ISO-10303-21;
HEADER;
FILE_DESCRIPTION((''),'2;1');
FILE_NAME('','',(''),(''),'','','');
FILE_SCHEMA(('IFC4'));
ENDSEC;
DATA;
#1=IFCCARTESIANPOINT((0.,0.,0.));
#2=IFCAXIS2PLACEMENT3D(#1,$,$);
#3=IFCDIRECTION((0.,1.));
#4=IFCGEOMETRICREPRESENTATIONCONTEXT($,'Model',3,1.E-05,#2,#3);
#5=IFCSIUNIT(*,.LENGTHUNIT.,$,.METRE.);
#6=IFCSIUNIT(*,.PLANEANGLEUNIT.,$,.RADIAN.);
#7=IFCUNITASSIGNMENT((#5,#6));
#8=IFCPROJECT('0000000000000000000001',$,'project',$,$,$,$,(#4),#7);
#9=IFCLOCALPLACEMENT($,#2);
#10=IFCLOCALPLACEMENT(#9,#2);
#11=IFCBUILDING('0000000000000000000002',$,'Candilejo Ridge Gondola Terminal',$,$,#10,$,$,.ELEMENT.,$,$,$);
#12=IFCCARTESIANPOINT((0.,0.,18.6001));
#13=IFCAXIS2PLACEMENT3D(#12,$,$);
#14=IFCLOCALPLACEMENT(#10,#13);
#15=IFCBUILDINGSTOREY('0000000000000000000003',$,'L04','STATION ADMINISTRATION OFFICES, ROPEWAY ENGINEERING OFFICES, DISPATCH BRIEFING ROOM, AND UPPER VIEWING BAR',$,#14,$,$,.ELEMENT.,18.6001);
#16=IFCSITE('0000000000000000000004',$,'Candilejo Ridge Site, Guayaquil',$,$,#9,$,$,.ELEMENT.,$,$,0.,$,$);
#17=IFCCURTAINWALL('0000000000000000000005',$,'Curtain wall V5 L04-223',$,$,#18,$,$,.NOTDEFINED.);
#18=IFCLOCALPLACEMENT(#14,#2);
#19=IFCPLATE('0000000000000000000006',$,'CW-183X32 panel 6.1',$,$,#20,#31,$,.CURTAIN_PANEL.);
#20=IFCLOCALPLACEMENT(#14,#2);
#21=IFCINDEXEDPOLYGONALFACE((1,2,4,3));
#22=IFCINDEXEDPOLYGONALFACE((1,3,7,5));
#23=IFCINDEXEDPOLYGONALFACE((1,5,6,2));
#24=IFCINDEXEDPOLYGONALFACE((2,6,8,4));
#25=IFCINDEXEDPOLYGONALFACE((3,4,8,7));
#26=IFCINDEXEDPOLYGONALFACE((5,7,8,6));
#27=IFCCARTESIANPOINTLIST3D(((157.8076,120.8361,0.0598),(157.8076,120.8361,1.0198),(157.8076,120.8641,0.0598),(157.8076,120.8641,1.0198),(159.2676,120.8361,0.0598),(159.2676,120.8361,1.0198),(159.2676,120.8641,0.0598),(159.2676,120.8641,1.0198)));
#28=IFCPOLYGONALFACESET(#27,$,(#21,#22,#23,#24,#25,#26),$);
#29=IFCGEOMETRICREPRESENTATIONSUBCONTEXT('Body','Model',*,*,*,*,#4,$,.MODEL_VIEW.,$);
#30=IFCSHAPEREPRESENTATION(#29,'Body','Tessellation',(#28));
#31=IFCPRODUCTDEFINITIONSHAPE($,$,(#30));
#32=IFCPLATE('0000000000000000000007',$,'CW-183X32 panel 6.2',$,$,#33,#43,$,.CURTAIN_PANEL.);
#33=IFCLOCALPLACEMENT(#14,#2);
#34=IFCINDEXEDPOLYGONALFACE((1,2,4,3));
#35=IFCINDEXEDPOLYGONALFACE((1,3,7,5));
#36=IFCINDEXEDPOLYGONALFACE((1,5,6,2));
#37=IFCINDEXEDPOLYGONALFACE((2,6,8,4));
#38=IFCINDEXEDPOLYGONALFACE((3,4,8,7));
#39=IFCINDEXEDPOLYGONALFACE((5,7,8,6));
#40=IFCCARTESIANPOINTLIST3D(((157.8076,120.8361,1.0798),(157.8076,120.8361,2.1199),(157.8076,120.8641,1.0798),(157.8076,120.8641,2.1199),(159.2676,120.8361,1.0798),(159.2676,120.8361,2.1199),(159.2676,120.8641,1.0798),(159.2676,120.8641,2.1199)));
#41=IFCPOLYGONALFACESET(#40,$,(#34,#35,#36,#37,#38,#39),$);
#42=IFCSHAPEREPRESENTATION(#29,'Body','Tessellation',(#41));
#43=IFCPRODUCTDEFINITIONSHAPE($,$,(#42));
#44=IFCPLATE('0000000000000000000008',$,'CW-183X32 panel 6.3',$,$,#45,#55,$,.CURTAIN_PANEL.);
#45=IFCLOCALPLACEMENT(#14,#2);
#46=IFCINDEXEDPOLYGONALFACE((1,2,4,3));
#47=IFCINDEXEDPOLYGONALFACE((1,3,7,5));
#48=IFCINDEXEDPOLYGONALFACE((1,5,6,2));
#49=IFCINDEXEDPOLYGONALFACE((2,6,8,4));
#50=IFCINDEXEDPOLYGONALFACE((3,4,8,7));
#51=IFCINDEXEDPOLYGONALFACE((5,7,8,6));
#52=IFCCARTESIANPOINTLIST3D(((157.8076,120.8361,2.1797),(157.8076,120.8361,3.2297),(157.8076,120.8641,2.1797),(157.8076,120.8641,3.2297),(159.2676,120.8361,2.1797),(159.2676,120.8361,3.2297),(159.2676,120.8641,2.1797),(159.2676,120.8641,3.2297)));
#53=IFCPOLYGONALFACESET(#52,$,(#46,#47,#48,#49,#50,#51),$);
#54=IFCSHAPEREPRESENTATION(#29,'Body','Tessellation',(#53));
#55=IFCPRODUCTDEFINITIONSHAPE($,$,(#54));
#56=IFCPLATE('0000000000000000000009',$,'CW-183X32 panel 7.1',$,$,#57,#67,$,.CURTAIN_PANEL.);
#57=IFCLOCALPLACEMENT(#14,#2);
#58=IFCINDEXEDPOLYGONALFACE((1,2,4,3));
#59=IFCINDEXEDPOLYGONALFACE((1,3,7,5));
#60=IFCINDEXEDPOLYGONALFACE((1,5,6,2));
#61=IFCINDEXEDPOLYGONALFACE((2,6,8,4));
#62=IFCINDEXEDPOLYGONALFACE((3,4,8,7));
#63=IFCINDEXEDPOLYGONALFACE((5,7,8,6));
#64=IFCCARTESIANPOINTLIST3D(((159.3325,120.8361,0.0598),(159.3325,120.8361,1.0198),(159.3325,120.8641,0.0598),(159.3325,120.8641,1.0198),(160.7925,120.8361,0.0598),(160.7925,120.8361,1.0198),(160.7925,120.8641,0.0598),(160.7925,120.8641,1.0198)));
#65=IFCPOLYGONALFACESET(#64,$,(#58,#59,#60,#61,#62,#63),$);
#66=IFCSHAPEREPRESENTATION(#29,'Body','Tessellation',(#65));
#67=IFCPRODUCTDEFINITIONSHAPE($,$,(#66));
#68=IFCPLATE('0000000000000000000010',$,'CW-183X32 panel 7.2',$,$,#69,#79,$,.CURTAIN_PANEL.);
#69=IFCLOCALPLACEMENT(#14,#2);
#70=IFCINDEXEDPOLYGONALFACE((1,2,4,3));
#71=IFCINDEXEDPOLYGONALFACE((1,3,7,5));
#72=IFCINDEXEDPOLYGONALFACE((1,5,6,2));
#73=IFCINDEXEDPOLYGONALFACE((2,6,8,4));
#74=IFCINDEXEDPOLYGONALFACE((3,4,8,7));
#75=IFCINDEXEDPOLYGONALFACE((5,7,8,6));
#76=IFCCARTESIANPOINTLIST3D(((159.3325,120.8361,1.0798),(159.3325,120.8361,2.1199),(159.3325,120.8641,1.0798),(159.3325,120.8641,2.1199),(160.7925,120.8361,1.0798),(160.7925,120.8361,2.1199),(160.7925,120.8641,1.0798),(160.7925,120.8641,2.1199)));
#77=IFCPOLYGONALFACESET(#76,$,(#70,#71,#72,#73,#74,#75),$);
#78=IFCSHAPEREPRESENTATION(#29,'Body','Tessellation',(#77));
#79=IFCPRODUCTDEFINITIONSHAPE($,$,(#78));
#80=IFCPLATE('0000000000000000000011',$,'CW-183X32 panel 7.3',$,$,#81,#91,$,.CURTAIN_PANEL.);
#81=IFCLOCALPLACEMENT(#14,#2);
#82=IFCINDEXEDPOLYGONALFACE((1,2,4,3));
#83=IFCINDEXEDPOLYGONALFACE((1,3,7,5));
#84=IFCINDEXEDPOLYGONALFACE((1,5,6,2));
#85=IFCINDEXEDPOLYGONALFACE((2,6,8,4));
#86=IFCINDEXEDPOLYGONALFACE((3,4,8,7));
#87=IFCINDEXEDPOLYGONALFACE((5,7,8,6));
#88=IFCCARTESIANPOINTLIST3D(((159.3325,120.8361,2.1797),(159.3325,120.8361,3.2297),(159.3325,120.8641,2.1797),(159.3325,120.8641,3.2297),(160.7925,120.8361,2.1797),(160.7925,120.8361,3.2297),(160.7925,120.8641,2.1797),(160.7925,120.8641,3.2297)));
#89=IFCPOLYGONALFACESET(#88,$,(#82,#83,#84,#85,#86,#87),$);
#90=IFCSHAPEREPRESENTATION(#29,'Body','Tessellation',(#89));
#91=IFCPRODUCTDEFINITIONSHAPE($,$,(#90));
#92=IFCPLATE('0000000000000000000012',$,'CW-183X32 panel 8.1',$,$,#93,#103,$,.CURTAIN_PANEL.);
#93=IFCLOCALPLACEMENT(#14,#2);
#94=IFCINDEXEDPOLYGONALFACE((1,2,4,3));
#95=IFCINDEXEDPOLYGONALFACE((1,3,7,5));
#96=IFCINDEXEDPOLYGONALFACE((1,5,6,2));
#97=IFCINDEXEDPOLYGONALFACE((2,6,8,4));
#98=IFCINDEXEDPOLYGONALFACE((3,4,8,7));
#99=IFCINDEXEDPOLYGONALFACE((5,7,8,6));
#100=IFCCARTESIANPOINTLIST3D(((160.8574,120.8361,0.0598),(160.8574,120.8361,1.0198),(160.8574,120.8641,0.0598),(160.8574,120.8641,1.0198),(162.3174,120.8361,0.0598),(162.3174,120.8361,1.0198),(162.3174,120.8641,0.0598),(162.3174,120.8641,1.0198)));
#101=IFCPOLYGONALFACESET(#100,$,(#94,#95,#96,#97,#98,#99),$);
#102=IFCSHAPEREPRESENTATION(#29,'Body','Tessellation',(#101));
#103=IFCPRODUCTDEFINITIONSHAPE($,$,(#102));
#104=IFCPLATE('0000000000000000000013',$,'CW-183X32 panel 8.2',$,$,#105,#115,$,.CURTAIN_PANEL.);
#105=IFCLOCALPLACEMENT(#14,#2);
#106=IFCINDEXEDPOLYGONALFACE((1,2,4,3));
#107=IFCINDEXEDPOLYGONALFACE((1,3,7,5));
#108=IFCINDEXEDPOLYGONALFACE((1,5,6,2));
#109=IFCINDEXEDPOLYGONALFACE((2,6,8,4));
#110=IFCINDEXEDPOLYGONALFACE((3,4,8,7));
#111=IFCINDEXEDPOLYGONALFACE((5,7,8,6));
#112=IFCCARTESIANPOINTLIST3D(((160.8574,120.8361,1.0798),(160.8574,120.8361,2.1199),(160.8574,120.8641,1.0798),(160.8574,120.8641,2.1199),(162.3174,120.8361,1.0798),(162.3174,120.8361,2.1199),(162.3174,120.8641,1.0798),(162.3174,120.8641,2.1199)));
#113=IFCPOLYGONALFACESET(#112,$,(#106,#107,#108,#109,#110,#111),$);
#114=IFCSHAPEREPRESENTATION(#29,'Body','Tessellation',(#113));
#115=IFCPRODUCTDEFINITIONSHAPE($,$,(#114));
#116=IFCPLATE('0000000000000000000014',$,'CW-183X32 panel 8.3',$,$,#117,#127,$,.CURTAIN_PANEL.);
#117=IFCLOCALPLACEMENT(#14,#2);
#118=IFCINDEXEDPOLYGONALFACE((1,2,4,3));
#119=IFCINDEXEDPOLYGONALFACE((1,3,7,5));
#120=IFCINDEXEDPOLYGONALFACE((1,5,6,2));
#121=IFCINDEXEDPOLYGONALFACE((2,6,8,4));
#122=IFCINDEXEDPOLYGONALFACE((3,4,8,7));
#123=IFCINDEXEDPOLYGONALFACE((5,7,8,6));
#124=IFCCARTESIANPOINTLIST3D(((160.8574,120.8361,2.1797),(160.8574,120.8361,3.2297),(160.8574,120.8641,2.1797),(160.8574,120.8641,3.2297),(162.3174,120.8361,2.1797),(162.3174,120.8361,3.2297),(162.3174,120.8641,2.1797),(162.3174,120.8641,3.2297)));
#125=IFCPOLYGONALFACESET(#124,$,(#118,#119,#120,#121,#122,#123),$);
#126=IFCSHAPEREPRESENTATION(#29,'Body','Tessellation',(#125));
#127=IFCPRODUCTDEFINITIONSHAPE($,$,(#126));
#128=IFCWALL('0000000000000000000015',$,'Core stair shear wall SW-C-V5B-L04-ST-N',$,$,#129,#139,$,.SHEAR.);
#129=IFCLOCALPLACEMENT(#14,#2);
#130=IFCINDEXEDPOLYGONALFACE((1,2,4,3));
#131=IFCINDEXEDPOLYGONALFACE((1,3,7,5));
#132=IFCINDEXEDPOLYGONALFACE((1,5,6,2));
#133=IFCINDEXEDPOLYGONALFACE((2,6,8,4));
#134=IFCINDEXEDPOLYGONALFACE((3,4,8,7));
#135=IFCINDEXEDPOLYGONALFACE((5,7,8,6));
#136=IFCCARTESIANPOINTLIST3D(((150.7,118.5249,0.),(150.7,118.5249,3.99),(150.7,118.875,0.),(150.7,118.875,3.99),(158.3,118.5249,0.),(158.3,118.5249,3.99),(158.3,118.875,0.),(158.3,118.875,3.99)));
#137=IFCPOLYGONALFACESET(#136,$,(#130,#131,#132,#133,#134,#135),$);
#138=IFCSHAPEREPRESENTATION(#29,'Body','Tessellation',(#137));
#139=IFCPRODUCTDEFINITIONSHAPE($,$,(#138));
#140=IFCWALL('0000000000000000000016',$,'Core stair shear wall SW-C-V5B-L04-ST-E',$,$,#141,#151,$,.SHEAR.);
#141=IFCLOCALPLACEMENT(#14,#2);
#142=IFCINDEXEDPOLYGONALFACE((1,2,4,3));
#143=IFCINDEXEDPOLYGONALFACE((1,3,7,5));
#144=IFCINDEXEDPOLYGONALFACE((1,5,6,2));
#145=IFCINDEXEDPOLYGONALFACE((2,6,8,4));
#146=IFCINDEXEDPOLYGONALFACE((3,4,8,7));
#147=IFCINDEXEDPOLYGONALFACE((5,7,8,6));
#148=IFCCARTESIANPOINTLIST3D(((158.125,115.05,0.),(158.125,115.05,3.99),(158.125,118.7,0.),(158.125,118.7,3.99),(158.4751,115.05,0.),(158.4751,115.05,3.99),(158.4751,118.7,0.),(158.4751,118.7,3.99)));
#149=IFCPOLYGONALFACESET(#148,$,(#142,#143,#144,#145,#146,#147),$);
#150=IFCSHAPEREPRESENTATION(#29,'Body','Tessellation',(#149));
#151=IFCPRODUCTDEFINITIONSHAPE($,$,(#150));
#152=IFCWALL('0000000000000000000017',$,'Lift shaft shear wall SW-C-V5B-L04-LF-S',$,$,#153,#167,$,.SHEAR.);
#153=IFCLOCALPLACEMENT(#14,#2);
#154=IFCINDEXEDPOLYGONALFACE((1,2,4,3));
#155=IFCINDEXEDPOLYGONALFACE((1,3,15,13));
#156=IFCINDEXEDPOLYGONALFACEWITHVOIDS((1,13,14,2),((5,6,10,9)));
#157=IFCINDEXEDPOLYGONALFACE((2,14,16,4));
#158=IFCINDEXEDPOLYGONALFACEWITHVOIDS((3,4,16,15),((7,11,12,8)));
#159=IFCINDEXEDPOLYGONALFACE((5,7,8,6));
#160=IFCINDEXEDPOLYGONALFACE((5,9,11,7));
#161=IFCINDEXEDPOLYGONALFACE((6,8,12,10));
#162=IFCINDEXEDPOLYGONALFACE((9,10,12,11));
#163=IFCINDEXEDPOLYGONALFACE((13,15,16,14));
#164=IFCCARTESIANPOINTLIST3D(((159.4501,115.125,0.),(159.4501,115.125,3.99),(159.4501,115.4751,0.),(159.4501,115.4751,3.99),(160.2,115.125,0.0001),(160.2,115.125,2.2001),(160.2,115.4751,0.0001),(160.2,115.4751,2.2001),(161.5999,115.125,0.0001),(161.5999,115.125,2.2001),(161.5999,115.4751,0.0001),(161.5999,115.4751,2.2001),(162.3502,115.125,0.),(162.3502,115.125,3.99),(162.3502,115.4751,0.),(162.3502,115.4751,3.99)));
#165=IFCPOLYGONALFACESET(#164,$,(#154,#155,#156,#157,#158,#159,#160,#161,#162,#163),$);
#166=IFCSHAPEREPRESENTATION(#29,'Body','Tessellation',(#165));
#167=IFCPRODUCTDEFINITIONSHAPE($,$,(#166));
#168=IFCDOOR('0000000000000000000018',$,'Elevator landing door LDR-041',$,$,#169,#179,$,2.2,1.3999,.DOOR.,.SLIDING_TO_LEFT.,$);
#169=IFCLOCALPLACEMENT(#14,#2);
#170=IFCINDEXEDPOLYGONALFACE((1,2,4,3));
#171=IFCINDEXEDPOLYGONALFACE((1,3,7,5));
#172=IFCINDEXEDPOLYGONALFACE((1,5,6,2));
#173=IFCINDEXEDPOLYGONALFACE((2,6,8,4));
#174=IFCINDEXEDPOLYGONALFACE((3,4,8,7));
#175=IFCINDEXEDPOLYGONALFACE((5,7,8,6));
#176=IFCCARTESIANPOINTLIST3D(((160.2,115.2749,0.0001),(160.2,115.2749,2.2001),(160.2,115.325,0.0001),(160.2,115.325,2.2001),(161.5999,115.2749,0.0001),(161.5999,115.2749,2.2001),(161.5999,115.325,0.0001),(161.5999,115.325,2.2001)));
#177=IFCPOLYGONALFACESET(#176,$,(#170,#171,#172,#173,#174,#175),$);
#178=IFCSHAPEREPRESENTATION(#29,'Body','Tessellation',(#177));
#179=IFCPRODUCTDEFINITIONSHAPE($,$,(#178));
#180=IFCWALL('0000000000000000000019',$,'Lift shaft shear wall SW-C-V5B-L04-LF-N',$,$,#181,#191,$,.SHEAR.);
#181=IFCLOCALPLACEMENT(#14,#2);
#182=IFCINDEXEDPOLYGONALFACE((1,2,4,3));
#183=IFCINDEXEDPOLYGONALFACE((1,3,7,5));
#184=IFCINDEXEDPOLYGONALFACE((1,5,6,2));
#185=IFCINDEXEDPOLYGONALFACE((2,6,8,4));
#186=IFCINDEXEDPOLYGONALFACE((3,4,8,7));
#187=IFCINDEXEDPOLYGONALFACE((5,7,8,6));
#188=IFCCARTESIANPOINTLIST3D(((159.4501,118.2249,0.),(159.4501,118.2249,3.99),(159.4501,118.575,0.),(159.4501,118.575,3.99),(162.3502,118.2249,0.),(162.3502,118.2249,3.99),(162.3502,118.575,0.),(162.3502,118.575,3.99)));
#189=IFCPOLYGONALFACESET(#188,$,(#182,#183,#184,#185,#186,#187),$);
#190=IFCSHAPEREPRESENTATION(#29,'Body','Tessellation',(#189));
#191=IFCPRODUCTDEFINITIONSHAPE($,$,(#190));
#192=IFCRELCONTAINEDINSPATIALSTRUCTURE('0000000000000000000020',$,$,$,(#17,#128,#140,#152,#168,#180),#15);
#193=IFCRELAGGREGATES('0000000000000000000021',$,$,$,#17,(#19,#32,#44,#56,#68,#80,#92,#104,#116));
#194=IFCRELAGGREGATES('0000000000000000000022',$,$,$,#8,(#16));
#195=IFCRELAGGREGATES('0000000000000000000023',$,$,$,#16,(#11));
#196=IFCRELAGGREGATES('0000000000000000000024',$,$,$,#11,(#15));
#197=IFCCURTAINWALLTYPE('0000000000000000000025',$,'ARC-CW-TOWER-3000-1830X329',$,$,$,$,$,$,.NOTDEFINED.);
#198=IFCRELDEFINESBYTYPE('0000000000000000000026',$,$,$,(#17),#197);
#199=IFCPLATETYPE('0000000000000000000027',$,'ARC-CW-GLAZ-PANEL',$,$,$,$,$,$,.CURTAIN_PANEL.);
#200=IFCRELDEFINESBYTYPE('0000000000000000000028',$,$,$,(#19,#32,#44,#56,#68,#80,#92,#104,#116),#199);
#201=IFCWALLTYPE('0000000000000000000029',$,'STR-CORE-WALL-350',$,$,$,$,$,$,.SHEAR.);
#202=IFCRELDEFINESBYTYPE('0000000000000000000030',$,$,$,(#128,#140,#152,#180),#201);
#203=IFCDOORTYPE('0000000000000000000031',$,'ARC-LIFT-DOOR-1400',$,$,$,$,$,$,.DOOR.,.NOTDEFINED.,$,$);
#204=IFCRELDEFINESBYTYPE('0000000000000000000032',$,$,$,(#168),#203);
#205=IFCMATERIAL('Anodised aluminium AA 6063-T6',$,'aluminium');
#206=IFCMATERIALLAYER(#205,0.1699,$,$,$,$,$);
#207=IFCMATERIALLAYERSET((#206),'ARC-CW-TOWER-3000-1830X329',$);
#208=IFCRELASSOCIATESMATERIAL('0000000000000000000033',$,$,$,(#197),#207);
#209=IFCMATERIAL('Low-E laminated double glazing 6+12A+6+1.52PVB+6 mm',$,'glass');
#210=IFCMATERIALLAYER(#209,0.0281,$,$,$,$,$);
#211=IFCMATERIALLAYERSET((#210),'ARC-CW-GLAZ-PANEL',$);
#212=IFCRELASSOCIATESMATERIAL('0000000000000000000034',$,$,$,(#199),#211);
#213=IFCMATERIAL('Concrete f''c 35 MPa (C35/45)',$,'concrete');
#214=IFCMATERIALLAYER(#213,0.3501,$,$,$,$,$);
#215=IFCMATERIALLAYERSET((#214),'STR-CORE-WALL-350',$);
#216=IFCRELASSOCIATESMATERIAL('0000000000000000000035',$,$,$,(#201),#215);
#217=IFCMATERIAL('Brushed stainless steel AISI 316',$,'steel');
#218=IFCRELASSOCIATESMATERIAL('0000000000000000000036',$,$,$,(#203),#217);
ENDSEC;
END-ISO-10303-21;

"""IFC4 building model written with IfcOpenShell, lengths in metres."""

from ifc_helpers import new_model, si_unit, direction, frame, frame_2d, origin, origin_2d, place, context, subcontext, project, spatial, rectangle, extrude, material, layer, layer_set, type_object, element, fill, aggregate, save


model = new_model("IFC4")

# Units and contexts
model_context = context("Model", 3, precision=1e-05, world=origin(), true_north=direction((0.0, 1.0)))
body_context = subcontext(model_context, "Body", "Model", "MODEL_VIEW")
ifc_project = project(units=[si_unit("LENGTHUNIT", "METRE"), si_unit("PLANEANGLEUNIT", "RADIAN")], contexts=[model_context])

# Site, building, storey
site_placement = place(None, origin())
site = spatial("IfcSite", under=ifc_project, at=site_placement, Name="Candilejo Ridge Site, Guayaquil", CompositionType="ELEMENT", RefElevation=0.0)
building_placement = place(site_placement, origin())
building = spatial("IfcBuilding", under=site, at=building_placement, Name="Candilejo Ridge Gondola Terminal", CompositionType="ELEMENT")
storey_placement = place(building_placement, frame((0.0, 0.0, 18.6001)))
storey = spatial("IfcBuildingStorey", under=building, at=storey_placement, Name="L04", Description="STATION ADMINISTRATION OFFICES, ROPEWAY ENGINEERING OFFICES, DISPATCH BRIEFING ROOM, AND UPPER VIEWING BAR", CompositionType="ELEMENT", Elevation=18.6001)

# Curtain wall, plates
ifc_material_1 = material(Name="Anodised aluminium AA 6063-T6", Category="aluminium")
ifc_layer_1 = layer(ifc_material_1, 0.1699)
ifc_layer_set_1 = layer_set([ifc_layer_1], Name="ARC-CW-TOWER-3000-1830X329")
curtain_wall_type = type_object("IfcCurtainWallType", Name="ARC-CW-TOWER-3000-1830X329", PredefinedType="NOTDEFINED", material=ifc_layer_set_1)
curtain_wall_placement = place(storey_placement, origin())
curtain_wall = element("IfcCurtainWall", 1, at=curtain_wall_placement, inside=storey, type_object=curtain_wall_type, Name="Curtain wall V5 L04-223", PredefinedType="NOTDEFINED")
ifc_material_2 = material(Name="Low-E laminated double glazing 6+12A+6+1.52PVB+6 mm", Category="glass")
ifc_layer_2 = layer(ifc_material_2, 0.0281)
ifc_layer_set_2 = layer_set([ifc_layer_2], Name="ARC-CW-GLAZ-PANEL")
plate_type = type_object("IfcPlateType", Name="ARC-CW-GLAZ-PANEL", PredefinedType="CURTAIN_PANEL", material=ifc_layer_set_2)
plate_1_placement = place(storey_placement, frame((158.5376, 120.8501, 0.0598), z_axis=(0.0, 0.0, 1.0), x_axis=(1.0, 0.0, 0.0)))
plate_1 = element("IfcPlate", 2, at=plate_1_placement, type_object=plate_type, Name="CW-183X32 panel 6.1", PredefinedType="CURTAIN_PANEL", context=body_context, shape_type="SweptSolid", body=[
    extrude(rectangle(XDim=1.46, YDim=0.0281, at=origin_2d()), origin(), (0.0, 0.0, 1.0), 0.96),
])
plate_2_placement = place(storey_placement, frame((158.5376, 120.8501, 1.0798), z_axis=(0.0, 0.0, 1.0), x_axis=(1.0, 0.0, 0.0)))
plate_2 = element("IfcPlate", 3, at=plate_2_placement, type_object=plate_type, Name="CW-183X32 panel 6.2", PredefinedType="CURTAIN_PANEL", context=body_context, shape_type="SweptSolid", body=[
    extrude(rectangle(XDim=1.46, YDim=0.0281, at=origin_2d()), origin(), (0.0, 0.0, 1.0), 1.04),
])
plate_3_placement = place(storey_placement, frame((158.5376, 120.8501, 2.1797), z_axis=(0.0, 0.0, 1.0), x_axis=(1.0, 0.0, 0.0)))
plate_3 = element("IfcPlate", 4, at=plate_3_placement, type_object=plate_type, Name="CW-183X32 panel 6.3", PredefinedType="CURTAIN_PANEL", context=body_context, shape_type="SweptSolid", body=[
    extrude(rectangle(XDim=1.46, YDim=0.0281, at=origin_2d()), origin(), (0.0, 0.0, 1.0), 1.05),
])
plate_4_placement = place(storey_placement, frame((160.0625, 120.8501, 0.0598), z_axis=(0.0, 0.0, 1.0), x_axis=(1.0, 0.0, 0.0)))
plate_4 = element("IfcPlate", 5, at=plate_4_placement, type_object=plate_type, Name="CW-183X32 panel 7.1", PredefinedType="CURTAIN_PANEL", context=body_context, shape_type="SweptSolid", body=[
    extrude(rectangle(XDim=1.46, YDim=0.0281, at=origin_2d()), origin(), (0.0, 0.0, 1.0), 0.96),
])
plate_5_placement = place(storey_placement, frame((160.0625, 120.8501, 1.0798), z_axis=(0.0, 0.0, 1.0), x_axis=(1.0, 0.0, 0.0)))
plate_5 = element("IfcPlate", 6, at=plate_5_placement, type_object=plate_type, Name="CW-183X32 panel 7.2", PredefinedType="CURTAIN_PANEL", context=body_context, shape_type="SweptSolid", body=[
    extrude(rectangle(XDim=1.46, YDim=0.0281, at=origin_2d()), origin(), (0.0, 0.0, 1.0), 1.04),
])
plate_6_placement = place(storey_placement, frame((160.0625, 120.8501, 2.1797), z_axis=(0.0, 0.0, 1.0), x_axis=(1.0, 0.0, 0.0)))
plate_6 = element("IfcPlate", 7, at=plate_6_placement, type_object=plate_type, Name="CW-183X32 panel 7.3", PredefinedType="CURTAIN_PANEL", context=body_context, shape_type="SweptSolid", body=[
    extrude(rectangle(XDim=1.46, YDim=0.0281, at=origin_2d()), origin(), (0.0, 0.0, 1.0), 1.05),
])
plate_7_placement = place(storey_placement, frame((161.5874, 120.8501, 0.0598), z_axis=(0.0, 0.0, 1.0), x_axis=(1.0, 0.0, 0.0)))
plate_7 = element("IfcPlate", 8, at=plate_7_placement, type_object=plate_type, Name="CW-183X32 panel 8.1", PredefinedType="CURTAIN_PANEL", context=body_context, shape_type="SweptSolid", body=[
    extrude(rectangle(XDim=1.46, YDim=0.0281, at=origin_2d()), origin(), (0.0, 0.0, 1.0), 0.96),
])
plate_8_placement = place(storey_placement, frame((161.5874, 120.8501, 1.0798), z_axis=(0.0, 0.0, 1.0), x_axis=(1.0, 0.0, 0.0)))
plate_8 = element("IfcPlate", 9, at=plate_8_placement, type_object=plate_type, Name="CW-183X32 panel 8.2", PredefinedType="CURTAIN_PANEL", context=body_context, shape_type="SweptSolid", body=[
    extrude(rectangle(XDim=1.46, YDim=0.0281, at=origin_2d()), origin(), (0.0, 0.0, 1.0), 1.04),
])
plate_9_placement = place(storey_placement, frame((161.5874, 120.8501, 2.1797), z_axis=(0.0, 0.0, 1.0), x_axis=(1.0, 0.0, 0.0)))
plate_9 = element("IfcPlate", 10, at=plate_9_placement, type_object=plate_type, Name="CW-183X32 panel 8.3", PredefinedType="CURTAIN_PANEL", context=body_context, shape_type="SweptSolid", body=[
    extrude(rectangle(XDim=1.46, YDim=0.0281, at=origin_2d()), origin(), (0.0, 0.0, 1.0), 1.05),
])
aggregate(curtain_wall, [plate_1, plate_2, plate_3, plate_4, plate_5, plate_6, plate_7, plate_8, plate_9])

# Walls
ifc_material_3 = material(Name="Concrete f'c 35 MPa (C35/45)", Category="concrete")
ifc_layer_3 = layer(ifc_material_3, 0.3501)
ifc_layer_set_3 = layer_set([ifc_layer_3], Name="STR-CORE-WALL-350")
wall_type = type_object("IfcWallType", Name="STR-CORE-WALL-350", PredefinedType="SHEAR", material=ifc_layer_set_3)
wall_1_placement = place(storey_placement, frame((158.3, 118.7, 0.0), z_axis=(0.0, 0.0, 1.0), x_axis=(-1.0, 0.0, 0.0)))
element("IfcWall", 11, at=wall_1_placement, inside=storey, type_object=wall_type, Name="Core stair shear wall SW-C-V5B-L04-ST-N", PredefinedType="SHEAR", context=body_context, shape_type="SweptSolid", body=[
    extrude(rectangle(XDim=7.6001, YDim=0.3501, at=frame_2d((3.8, 0.0))), origin(), (0.0, 0.0, 1.0), 3.99),
])
wall_2_placement = place(storey_placement, frame((158.3, 115.05, 0.0), z_axis=(0.0, 0.0, 1.0), x_axis=(0.0, 1.0, 0.0)))
element("IfcWall", 12, at=wall_2_placement, inside=storey, type_object=wall_type, Name="Core stair shear wall SW-C-V5B-L04-ST-E", PredefinedType="SHEAR", context=body_context, shape_type="SweptSolid", body=[
    extrude(rectangle(XDim=3.6499, YDim=0.3501, at=frame_2d((1.825, 0.0))), origin(), (0.0, 0.0, 1.0), 3.99),
])

# Wall, opening, door
wall_3_placement = place(storey_placement, frame((159.45, 115.3, 0.0), z_axis=(0.0, 0.0, 1.0), x_axis=(1.0, 0.0, 0.0)))
wall_3 = element("IfcWall", 13, at=wall_3_placement, inside=storey, type_object=wall_type, Name="Lift shaft shear wall SW-C-V5B-L04-LF-S", PredefinedType="SHEAR", context=body_context, shape_type="SweptSolid", body=[
    extrude(rectangle(XDim=2.9001, YDim=0.3501, at=frame_2d((1.4502, 0.0))), origin(), (0.0, 0.0, 1.0), 3.99),
])
opening_placement = place(wall_3_placement, frame((0.75, 0.0, 0.0)))
opening = element("IfcOpeningElement", 14, at=opening_placement, cuts=wall_3, PredefinedType="OPENING", context=body_context, shape_type="SweptSolid", body=[
    extrude(rectangle(XDim=1.3999, YDim=2.2, at=frame_2d((0.7, 1.1001))), frame((0.0, 0.1851, 0.0), z_axis=(0.0, -1.0, 0.0), x_axis=(1.0, 0.0, 0.0)), (0.0, 0.0, 1.0), 0.3701),
])
ifc_material_4 = material(Name="Brushed stainless steel AISI 316", Category="steel")
door_type = type_object("IfcDoorType", Name="ARC-LIFT-DOOR-1400", OperationType="NOTDEFINED", PredefinedType="DOOR", material=ifc_material_4)
door_placement = place(opening_placement, origin())
door = element("IfcDoor", 15, at=door_placement, inside=storey, type_object=door_type, Name="Elevator landing door LDR-041", OperationType="SLIDING_TO_LEFT", OverallHeight=2.2, OverallWidth=1.3999, PredefinedType="DOOR", context=body_context, shape_type="SweptSolid", body=[
    extrude(rectangle(XDim=1.3999, YDim=2.2, at=frame_2d((0.7, 1.1001))), frame((0.0, 0.0249, 0.0), z_axis=(0.0, -1.0, 0.0), x_axis=(1.0, 0.0, 0.0)), (0.0, 0.0, 1.0), 0.05),
])
fill(opening, door)

# Wall
wall_4_placement = place(storey_placement, frame((159.45, 118.3999, 0.0), z_axis=(0.0, 0.0, 1.0), x_axis=(1.0, 0.0, 0.0)))
element("IfcWall", 16, at=wall_4_placement, inside=storey, type_object=wall_type, Name="Lift shaft shear wall SW-C-V5B-L04-LF-N", PredefinedType="SHEAR", context=body_context, shape_type="SweptSolid", body=[
    extrude(rectangle(XDim=2.9001, YDim=0.3501, at=frame_2d((1.4502, 0.0))), origin(), (0.0, 0.0, 1.0), 3.99),
])

save(model, "model.ifc")
